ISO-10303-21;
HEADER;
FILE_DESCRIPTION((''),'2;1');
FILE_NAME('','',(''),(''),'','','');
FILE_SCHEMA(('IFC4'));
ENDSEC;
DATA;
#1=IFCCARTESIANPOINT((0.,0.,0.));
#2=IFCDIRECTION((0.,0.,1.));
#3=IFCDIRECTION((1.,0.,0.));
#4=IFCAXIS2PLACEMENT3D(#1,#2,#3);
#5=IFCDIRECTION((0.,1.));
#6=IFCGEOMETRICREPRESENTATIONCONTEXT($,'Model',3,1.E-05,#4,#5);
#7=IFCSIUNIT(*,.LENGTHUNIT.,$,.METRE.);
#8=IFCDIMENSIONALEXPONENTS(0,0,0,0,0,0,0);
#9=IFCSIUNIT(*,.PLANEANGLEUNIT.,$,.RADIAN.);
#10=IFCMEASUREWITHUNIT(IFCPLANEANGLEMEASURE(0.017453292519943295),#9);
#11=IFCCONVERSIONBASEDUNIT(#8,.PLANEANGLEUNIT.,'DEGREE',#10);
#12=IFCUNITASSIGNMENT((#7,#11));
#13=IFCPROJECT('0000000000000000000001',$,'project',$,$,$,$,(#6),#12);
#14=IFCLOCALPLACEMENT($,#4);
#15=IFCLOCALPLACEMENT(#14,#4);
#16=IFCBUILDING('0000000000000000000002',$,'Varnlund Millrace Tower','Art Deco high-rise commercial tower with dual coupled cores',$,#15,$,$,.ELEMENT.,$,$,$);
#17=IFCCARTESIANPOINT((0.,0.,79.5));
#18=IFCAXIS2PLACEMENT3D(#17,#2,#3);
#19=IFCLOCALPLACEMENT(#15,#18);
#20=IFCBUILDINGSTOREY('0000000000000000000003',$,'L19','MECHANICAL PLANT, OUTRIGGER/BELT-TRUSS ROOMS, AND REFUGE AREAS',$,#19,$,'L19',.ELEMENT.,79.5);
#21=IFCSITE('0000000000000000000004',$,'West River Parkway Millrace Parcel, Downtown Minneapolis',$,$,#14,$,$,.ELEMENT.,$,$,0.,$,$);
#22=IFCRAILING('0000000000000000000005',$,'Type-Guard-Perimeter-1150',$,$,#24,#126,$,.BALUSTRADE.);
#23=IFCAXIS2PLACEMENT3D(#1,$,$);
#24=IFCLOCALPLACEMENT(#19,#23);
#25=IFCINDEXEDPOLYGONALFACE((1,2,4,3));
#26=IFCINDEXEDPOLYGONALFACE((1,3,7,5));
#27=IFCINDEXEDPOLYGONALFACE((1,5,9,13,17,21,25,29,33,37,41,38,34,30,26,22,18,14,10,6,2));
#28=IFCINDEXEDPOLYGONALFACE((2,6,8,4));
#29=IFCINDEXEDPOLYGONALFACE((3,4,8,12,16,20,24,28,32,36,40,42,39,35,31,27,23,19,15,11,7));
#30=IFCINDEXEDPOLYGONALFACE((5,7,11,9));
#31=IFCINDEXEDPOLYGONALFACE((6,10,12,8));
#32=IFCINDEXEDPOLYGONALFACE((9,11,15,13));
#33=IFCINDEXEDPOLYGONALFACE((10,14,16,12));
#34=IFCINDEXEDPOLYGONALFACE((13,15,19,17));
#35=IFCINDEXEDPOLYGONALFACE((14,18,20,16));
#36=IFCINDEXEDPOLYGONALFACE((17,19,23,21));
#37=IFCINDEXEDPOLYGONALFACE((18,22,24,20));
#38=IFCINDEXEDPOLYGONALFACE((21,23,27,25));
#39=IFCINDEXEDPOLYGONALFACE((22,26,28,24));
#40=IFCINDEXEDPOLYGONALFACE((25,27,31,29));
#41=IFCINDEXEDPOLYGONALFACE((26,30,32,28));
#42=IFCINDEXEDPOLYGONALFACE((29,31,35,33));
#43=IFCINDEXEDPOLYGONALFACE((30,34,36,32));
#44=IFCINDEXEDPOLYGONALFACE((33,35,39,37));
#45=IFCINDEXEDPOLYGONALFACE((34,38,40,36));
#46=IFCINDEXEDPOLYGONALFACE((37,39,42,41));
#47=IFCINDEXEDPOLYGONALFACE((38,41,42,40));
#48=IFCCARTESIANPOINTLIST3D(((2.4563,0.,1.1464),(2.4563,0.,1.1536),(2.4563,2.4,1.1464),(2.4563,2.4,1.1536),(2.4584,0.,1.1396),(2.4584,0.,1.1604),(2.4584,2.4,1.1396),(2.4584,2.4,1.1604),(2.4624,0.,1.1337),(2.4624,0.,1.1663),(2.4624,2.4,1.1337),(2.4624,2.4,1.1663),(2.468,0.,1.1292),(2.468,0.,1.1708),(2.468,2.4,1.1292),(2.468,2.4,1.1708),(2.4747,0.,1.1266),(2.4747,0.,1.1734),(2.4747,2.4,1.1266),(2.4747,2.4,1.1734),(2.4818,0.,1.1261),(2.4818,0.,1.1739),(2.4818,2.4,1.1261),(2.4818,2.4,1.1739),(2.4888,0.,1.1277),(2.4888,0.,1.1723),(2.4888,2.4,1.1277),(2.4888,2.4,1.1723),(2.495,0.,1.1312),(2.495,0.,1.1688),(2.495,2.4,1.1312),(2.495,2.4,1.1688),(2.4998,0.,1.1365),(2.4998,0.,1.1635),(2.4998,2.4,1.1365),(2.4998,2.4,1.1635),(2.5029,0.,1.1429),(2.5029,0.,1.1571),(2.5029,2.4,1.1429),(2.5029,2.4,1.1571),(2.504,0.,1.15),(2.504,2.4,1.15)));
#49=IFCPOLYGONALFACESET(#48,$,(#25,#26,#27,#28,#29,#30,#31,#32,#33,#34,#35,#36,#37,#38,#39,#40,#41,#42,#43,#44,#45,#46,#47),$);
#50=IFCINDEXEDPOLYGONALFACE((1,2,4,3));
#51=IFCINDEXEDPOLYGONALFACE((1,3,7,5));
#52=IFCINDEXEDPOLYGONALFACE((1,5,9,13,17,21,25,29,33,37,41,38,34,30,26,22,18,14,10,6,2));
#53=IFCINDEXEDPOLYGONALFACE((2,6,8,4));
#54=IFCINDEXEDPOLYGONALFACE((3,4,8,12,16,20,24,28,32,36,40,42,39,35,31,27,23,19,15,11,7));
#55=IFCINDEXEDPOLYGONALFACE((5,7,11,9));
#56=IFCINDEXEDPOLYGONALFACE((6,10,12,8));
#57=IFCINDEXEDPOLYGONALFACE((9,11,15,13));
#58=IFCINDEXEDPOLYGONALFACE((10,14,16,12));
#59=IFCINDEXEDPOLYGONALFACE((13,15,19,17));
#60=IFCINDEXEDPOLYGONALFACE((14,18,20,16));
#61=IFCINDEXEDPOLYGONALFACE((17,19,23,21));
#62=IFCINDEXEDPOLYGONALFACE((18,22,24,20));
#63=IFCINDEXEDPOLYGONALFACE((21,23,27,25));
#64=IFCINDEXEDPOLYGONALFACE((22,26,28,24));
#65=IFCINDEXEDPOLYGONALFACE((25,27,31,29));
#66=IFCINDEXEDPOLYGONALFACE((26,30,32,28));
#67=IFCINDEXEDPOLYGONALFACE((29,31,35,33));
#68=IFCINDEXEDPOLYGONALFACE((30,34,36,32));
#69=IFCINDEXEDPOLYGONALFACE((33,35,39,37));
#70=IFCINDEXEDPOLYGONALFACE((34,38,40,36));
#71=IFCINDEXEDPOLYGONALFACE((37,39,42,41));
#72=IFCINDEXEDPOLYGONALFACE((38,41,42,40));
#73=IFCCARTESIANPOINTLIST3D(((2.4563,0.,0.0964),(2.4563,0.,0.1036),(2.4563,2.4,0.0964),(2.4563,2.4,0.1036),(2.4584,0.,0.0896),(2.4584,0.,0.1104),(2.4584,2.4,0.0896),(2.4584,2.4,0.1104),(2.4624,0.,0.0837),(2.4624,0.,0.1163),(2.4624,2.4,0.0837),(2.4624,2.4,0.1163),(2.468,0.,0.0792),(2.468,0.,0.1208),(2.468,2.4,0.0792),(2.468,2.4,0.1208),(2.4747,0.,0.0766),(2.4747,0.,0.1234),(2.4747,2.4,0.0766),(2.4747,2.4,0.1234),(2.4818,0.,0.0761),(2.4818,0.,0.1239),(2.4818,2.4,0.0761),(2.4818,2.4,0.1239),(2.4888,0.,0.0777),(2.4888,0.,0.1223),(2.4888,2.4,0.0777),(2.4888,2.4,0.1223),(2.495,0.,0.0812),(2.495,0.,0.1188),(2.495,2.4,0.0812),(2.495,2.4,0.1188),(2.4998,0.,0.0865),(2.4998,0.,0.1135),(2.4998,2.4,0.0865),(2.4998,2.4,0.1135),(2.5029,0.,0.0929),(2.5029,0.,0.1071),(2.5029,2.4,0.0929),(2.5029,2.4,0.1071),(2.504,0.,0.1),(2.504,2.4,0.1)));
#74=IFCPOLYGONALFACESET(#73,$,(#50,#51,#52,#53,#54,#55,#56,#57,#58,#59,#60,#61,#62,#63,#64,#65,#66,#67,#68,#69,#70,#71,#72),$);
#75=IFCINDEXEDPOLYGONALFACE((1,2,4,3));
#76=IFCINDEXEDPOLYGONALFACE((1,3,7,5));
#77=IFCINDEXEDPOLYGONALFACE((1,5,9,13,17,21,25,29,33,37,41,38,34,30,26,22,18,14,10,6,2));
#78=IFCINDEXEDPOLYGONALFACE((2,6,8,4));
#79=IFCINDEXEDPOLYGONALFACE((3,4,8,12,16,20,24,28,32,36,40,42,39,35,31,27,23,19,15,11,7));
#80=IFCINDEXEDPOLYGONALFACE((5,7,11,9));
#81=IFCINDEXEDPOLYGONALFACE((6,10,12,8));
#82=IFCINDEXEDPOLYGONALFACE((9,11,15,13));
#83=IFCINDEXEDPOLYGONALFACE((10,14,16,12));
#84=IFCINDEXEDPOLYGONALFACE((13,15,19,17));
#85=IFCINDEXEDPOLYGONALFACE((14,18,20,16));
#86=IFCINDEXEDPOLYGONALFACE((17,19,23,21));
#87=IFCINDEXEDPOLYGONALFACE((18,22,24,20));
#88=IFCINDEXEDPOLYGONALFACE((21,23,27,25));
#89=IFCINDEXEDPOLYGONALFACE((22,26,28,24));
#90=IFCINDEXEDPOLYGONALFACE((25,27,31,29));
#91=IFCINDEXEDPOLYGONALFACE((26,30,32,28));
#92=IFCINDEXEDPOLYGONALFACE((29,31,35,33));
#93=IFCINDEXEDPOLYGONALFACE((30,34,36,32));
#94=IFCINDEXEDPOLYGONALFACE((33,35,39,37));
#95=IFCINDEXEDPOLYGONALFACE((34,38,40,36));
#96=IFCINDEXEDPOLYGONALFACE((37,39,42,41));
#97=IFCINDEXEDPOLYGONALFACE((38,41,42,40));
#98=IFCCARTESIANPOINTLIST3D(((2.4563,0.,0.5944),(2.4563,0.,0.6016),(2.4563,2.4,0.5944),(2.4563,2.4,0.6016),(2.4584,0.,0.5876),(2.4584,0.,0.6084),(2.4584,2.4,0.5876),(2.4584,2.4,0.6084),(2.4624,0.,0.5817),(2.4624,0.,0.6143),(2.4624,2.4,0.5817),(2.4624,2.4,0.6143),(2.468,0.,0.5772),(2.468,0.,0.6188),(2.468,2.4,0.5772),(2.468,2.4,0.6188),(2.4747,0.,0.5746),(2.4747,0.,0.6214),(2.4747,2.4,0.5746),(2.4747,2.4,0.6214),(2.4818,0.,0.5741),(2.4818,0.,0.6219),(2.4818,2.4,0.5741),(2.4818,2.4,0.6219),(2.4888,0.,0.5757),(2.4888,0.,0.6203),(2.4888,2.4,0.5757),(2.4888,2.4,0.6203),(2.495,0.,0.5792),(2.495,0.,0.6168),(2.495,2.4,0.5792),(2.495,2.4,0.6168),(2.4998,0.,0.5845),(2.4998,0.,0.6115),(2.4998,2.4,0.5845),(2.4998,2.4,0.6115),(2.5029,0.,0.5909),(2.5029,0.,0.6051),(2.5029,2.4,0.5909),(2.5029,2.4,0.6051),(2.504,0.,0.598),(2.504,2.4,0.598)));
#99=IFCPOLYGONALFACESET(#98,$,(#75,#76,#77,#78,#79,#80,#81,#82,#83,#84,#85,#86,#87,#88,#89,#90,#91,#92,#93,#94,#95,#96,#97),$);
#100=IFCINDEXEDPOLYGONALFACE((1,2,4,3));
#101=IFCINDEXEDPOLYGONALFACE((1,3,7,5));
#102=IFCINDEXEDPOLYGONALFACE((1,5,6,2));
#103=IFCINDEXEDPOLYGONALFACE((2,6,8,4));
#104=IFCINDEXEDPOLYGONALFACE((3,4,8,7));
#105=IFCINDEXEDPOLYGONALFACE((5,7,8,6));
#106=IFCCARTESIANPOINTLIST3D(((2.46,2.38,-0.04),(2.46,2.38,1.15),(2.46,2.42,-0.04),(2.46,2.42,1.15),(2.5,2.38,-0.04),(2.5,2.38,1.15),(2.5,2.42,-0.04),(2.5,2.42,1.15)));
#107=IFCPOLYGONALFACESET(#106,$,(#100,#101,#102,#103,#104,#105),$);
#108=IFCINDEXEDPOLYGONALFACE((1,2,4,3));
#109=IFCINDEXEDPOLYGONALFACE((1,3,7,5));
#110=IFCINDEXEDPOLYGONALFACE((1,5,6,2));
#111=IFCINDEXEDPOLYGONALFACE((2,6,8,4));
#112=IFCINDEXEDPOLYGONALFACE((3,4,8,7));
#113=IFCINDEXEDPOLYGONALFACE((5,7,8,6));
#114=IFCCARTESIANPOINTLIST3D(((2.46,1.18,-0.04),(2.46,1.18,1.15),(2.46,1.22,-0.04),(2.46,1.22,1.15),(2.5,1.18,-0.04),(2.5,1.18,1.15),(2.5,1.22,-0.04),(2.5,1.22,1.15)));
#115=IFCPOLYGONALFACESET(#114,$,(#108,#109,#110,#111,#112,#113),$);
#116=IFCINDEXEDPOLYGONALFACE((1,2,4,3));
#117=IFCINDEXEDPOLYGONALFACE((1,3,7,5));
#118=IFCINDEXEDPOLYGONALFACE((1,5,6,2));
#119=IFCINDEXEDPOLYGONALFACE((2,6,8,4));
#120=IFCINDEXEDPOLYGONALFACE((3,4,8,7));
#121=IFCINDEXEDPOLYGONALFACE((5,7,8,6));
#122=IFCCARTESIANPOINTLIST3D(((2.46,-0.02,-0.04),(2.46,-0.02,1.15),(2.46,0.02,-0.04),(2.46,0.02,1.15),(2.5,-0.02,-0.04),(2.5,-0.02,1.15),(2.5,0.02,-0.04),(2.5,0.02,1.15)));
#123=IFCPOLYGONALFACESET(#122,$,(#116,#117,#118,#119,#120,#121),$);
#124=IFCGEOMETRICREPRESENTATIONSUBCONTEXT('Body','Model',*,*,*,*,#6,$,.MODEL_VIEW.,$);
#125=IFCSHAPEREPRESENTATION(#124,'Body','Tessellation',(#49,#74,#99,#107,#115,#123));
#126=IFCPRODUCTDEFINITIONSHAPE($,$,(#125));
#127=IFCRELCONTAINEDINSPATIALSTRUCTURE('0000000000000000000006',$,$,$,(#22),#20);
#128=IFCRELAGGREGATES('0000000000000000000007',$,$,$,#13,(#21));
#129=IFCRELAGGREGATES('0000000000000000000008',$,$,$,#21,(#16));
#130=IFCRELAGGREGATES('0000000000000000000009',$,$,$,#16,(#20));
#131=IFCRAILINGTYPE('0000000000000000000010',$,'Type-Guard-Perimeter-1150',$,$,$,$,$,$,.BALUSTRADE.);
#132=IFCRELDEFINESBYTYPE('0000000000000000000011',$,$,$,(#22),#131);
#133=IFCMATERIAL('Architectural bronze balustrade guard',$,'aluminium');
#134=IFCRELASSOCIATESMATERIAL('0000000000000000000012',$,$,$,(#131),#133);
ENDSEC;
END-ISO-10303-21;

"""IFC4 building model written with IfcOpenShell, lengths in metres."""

from ifc_helpers import new_model, entity, si_unit, converted_unit, direction, frame, origin_with_axes, origin_2d_with_axis, place, context, subcontext, project, spatial, rectangle, circle, extrude, material, type_object, element, save


model = new_model("IFC4")

# Units and contexts
model_context = context("Model", 3, precision=1e-05, world=origin_with_axes(), true_north=direction((0.0, 1.0)))
body_context = subcontext(model_context, "Body", "Model", "MODEL_VIEW")
ifc_project = project(units=[si_unit("LENGTHUNIT", "METRE"), converted_unit("PLANEANGLEUNIT", "DEGREE", entity("IfcPlaneAngleMeasure", 0.017453292519943295), si_unit("PLANEANGLEUNIT", "RADIAN"), dimensions=[0, 0, 0, 0, 0, 0, 0])], contexts=[model_context])

# Site, building, storey
site_placement = place(None, origin_with_axes())
site = spatial("IfcSite", under=ifc_project, at=site_placement, Name="West River Parkway Millrace Parcel, Downtown Minneapolis", CompositionType="ELEMENT", RefElevation=0.0)
building_placement = place(site_placement, origin_with_axes())
building = spatial("IfcBuilding", under=site, at=building_placement, Name="Varnlund Millrace Tower", Description="Art Deco high-rise commercial tower with dual coupled cores", CompositionType="ELEMENT")
storey_placement = place(building_placement, frame((0.0, 0.0, 79.5), z_axis=(0.0, 0.0, 1.0), x_axis=(1.0, 0.0, 0.0)))
storey = spatial("IfcBuildingStorey", under=building, at=storey_placement, Name="L19", Description="MECHANICAL PLANT, OUTRIGGER/BELT-TRUSS ROOMS, AND REFUGE AREAS", LongName="L19", CompositionType="ELEMENT", Elevation=79.5)

# Railing
ifc_material_1 = material(Name="Architectural bronze balustrade guard", Category="aluminium")
railing_type_1 = type_object("IfcRailingType", Name="Type-Guard-Perimeter-1150", PredefinedType="BALUSTRADE", material=ifc_material_1)
railing_1_placement = place(storey_placement, frame((0.0, 0.0, -79.5), z_axis=(0.0, 0.0, 1.0), x_axis=(1.0, 0.0, 0.0)))
element("IfcRailing", 1, at=railing_1_placement, inside=storey, type_object=railing_type_1, Name="Type-Guard-Perimeter-1150", PredefinedType="BALUSTRADE", context=body_context, shape_type="SweptSolid", body=[
    extrude(circle(Radius=0.024, at=origin_2d_with_axis()), frame((2.48, 2.4, 80.65), z_axis=(0.0, -1.0, 0.0), x_axis=(1.0, 0.0, 0.0)), (0.0, 0.0, 1.0), 2.4),
    extrude(circle(Radius=0.024, at=origin_2d_with_axis()), frame((2.48, 2.4, 79.6), z_axis=(0.0, -1.0, 0.0), x_axis=(1.0, 0.0, 0.0)), (0.0, 0.0, 1.0), 2.4),
    extrude(circle(Radius=0.024, at=origin_2d_with_axis()), frame((2.48, 2.4, 80.098), z_axis=(0.0, -1.0, 0.0), x_axis=(1.0, 0.0, 0.0)), (0.0, 0.0, 1.0), 2.4),
    extrude(rectangle(XDim=0.04, YDim=0.04, at=origin_2d_with_axis()), frame((2.48, 2.4, 79.46), z_axis=(0.0, 0.0, 1.0), x_axis=(1.0, 0.0, 0.0)), (0.0, 0.0, 1.0), 1.19),
    extrude(rectangle(XDim=0.04, YDim=0.04, at=origin_2d_with_axis()), frame((2.48, 1.2, 79.46), z_axis=(0.0, 0.0, 1.0), x_axis=(1.0, 0.0, 0.0)), (0.0, 0.0, 1.0), 1.19),
    extrude(rectangle(XDim=0.04, YDim=0.04, at=origin_2d_with_axis()), frame((2.48, 0.0, 79.46), z_axis=(0.0, 0.0, 1.0), x_axis=(1.0, 0.0, 0.0)), (0.0, 0.0, 1.0), 1.19),
])

save(model, "model.ifc")
